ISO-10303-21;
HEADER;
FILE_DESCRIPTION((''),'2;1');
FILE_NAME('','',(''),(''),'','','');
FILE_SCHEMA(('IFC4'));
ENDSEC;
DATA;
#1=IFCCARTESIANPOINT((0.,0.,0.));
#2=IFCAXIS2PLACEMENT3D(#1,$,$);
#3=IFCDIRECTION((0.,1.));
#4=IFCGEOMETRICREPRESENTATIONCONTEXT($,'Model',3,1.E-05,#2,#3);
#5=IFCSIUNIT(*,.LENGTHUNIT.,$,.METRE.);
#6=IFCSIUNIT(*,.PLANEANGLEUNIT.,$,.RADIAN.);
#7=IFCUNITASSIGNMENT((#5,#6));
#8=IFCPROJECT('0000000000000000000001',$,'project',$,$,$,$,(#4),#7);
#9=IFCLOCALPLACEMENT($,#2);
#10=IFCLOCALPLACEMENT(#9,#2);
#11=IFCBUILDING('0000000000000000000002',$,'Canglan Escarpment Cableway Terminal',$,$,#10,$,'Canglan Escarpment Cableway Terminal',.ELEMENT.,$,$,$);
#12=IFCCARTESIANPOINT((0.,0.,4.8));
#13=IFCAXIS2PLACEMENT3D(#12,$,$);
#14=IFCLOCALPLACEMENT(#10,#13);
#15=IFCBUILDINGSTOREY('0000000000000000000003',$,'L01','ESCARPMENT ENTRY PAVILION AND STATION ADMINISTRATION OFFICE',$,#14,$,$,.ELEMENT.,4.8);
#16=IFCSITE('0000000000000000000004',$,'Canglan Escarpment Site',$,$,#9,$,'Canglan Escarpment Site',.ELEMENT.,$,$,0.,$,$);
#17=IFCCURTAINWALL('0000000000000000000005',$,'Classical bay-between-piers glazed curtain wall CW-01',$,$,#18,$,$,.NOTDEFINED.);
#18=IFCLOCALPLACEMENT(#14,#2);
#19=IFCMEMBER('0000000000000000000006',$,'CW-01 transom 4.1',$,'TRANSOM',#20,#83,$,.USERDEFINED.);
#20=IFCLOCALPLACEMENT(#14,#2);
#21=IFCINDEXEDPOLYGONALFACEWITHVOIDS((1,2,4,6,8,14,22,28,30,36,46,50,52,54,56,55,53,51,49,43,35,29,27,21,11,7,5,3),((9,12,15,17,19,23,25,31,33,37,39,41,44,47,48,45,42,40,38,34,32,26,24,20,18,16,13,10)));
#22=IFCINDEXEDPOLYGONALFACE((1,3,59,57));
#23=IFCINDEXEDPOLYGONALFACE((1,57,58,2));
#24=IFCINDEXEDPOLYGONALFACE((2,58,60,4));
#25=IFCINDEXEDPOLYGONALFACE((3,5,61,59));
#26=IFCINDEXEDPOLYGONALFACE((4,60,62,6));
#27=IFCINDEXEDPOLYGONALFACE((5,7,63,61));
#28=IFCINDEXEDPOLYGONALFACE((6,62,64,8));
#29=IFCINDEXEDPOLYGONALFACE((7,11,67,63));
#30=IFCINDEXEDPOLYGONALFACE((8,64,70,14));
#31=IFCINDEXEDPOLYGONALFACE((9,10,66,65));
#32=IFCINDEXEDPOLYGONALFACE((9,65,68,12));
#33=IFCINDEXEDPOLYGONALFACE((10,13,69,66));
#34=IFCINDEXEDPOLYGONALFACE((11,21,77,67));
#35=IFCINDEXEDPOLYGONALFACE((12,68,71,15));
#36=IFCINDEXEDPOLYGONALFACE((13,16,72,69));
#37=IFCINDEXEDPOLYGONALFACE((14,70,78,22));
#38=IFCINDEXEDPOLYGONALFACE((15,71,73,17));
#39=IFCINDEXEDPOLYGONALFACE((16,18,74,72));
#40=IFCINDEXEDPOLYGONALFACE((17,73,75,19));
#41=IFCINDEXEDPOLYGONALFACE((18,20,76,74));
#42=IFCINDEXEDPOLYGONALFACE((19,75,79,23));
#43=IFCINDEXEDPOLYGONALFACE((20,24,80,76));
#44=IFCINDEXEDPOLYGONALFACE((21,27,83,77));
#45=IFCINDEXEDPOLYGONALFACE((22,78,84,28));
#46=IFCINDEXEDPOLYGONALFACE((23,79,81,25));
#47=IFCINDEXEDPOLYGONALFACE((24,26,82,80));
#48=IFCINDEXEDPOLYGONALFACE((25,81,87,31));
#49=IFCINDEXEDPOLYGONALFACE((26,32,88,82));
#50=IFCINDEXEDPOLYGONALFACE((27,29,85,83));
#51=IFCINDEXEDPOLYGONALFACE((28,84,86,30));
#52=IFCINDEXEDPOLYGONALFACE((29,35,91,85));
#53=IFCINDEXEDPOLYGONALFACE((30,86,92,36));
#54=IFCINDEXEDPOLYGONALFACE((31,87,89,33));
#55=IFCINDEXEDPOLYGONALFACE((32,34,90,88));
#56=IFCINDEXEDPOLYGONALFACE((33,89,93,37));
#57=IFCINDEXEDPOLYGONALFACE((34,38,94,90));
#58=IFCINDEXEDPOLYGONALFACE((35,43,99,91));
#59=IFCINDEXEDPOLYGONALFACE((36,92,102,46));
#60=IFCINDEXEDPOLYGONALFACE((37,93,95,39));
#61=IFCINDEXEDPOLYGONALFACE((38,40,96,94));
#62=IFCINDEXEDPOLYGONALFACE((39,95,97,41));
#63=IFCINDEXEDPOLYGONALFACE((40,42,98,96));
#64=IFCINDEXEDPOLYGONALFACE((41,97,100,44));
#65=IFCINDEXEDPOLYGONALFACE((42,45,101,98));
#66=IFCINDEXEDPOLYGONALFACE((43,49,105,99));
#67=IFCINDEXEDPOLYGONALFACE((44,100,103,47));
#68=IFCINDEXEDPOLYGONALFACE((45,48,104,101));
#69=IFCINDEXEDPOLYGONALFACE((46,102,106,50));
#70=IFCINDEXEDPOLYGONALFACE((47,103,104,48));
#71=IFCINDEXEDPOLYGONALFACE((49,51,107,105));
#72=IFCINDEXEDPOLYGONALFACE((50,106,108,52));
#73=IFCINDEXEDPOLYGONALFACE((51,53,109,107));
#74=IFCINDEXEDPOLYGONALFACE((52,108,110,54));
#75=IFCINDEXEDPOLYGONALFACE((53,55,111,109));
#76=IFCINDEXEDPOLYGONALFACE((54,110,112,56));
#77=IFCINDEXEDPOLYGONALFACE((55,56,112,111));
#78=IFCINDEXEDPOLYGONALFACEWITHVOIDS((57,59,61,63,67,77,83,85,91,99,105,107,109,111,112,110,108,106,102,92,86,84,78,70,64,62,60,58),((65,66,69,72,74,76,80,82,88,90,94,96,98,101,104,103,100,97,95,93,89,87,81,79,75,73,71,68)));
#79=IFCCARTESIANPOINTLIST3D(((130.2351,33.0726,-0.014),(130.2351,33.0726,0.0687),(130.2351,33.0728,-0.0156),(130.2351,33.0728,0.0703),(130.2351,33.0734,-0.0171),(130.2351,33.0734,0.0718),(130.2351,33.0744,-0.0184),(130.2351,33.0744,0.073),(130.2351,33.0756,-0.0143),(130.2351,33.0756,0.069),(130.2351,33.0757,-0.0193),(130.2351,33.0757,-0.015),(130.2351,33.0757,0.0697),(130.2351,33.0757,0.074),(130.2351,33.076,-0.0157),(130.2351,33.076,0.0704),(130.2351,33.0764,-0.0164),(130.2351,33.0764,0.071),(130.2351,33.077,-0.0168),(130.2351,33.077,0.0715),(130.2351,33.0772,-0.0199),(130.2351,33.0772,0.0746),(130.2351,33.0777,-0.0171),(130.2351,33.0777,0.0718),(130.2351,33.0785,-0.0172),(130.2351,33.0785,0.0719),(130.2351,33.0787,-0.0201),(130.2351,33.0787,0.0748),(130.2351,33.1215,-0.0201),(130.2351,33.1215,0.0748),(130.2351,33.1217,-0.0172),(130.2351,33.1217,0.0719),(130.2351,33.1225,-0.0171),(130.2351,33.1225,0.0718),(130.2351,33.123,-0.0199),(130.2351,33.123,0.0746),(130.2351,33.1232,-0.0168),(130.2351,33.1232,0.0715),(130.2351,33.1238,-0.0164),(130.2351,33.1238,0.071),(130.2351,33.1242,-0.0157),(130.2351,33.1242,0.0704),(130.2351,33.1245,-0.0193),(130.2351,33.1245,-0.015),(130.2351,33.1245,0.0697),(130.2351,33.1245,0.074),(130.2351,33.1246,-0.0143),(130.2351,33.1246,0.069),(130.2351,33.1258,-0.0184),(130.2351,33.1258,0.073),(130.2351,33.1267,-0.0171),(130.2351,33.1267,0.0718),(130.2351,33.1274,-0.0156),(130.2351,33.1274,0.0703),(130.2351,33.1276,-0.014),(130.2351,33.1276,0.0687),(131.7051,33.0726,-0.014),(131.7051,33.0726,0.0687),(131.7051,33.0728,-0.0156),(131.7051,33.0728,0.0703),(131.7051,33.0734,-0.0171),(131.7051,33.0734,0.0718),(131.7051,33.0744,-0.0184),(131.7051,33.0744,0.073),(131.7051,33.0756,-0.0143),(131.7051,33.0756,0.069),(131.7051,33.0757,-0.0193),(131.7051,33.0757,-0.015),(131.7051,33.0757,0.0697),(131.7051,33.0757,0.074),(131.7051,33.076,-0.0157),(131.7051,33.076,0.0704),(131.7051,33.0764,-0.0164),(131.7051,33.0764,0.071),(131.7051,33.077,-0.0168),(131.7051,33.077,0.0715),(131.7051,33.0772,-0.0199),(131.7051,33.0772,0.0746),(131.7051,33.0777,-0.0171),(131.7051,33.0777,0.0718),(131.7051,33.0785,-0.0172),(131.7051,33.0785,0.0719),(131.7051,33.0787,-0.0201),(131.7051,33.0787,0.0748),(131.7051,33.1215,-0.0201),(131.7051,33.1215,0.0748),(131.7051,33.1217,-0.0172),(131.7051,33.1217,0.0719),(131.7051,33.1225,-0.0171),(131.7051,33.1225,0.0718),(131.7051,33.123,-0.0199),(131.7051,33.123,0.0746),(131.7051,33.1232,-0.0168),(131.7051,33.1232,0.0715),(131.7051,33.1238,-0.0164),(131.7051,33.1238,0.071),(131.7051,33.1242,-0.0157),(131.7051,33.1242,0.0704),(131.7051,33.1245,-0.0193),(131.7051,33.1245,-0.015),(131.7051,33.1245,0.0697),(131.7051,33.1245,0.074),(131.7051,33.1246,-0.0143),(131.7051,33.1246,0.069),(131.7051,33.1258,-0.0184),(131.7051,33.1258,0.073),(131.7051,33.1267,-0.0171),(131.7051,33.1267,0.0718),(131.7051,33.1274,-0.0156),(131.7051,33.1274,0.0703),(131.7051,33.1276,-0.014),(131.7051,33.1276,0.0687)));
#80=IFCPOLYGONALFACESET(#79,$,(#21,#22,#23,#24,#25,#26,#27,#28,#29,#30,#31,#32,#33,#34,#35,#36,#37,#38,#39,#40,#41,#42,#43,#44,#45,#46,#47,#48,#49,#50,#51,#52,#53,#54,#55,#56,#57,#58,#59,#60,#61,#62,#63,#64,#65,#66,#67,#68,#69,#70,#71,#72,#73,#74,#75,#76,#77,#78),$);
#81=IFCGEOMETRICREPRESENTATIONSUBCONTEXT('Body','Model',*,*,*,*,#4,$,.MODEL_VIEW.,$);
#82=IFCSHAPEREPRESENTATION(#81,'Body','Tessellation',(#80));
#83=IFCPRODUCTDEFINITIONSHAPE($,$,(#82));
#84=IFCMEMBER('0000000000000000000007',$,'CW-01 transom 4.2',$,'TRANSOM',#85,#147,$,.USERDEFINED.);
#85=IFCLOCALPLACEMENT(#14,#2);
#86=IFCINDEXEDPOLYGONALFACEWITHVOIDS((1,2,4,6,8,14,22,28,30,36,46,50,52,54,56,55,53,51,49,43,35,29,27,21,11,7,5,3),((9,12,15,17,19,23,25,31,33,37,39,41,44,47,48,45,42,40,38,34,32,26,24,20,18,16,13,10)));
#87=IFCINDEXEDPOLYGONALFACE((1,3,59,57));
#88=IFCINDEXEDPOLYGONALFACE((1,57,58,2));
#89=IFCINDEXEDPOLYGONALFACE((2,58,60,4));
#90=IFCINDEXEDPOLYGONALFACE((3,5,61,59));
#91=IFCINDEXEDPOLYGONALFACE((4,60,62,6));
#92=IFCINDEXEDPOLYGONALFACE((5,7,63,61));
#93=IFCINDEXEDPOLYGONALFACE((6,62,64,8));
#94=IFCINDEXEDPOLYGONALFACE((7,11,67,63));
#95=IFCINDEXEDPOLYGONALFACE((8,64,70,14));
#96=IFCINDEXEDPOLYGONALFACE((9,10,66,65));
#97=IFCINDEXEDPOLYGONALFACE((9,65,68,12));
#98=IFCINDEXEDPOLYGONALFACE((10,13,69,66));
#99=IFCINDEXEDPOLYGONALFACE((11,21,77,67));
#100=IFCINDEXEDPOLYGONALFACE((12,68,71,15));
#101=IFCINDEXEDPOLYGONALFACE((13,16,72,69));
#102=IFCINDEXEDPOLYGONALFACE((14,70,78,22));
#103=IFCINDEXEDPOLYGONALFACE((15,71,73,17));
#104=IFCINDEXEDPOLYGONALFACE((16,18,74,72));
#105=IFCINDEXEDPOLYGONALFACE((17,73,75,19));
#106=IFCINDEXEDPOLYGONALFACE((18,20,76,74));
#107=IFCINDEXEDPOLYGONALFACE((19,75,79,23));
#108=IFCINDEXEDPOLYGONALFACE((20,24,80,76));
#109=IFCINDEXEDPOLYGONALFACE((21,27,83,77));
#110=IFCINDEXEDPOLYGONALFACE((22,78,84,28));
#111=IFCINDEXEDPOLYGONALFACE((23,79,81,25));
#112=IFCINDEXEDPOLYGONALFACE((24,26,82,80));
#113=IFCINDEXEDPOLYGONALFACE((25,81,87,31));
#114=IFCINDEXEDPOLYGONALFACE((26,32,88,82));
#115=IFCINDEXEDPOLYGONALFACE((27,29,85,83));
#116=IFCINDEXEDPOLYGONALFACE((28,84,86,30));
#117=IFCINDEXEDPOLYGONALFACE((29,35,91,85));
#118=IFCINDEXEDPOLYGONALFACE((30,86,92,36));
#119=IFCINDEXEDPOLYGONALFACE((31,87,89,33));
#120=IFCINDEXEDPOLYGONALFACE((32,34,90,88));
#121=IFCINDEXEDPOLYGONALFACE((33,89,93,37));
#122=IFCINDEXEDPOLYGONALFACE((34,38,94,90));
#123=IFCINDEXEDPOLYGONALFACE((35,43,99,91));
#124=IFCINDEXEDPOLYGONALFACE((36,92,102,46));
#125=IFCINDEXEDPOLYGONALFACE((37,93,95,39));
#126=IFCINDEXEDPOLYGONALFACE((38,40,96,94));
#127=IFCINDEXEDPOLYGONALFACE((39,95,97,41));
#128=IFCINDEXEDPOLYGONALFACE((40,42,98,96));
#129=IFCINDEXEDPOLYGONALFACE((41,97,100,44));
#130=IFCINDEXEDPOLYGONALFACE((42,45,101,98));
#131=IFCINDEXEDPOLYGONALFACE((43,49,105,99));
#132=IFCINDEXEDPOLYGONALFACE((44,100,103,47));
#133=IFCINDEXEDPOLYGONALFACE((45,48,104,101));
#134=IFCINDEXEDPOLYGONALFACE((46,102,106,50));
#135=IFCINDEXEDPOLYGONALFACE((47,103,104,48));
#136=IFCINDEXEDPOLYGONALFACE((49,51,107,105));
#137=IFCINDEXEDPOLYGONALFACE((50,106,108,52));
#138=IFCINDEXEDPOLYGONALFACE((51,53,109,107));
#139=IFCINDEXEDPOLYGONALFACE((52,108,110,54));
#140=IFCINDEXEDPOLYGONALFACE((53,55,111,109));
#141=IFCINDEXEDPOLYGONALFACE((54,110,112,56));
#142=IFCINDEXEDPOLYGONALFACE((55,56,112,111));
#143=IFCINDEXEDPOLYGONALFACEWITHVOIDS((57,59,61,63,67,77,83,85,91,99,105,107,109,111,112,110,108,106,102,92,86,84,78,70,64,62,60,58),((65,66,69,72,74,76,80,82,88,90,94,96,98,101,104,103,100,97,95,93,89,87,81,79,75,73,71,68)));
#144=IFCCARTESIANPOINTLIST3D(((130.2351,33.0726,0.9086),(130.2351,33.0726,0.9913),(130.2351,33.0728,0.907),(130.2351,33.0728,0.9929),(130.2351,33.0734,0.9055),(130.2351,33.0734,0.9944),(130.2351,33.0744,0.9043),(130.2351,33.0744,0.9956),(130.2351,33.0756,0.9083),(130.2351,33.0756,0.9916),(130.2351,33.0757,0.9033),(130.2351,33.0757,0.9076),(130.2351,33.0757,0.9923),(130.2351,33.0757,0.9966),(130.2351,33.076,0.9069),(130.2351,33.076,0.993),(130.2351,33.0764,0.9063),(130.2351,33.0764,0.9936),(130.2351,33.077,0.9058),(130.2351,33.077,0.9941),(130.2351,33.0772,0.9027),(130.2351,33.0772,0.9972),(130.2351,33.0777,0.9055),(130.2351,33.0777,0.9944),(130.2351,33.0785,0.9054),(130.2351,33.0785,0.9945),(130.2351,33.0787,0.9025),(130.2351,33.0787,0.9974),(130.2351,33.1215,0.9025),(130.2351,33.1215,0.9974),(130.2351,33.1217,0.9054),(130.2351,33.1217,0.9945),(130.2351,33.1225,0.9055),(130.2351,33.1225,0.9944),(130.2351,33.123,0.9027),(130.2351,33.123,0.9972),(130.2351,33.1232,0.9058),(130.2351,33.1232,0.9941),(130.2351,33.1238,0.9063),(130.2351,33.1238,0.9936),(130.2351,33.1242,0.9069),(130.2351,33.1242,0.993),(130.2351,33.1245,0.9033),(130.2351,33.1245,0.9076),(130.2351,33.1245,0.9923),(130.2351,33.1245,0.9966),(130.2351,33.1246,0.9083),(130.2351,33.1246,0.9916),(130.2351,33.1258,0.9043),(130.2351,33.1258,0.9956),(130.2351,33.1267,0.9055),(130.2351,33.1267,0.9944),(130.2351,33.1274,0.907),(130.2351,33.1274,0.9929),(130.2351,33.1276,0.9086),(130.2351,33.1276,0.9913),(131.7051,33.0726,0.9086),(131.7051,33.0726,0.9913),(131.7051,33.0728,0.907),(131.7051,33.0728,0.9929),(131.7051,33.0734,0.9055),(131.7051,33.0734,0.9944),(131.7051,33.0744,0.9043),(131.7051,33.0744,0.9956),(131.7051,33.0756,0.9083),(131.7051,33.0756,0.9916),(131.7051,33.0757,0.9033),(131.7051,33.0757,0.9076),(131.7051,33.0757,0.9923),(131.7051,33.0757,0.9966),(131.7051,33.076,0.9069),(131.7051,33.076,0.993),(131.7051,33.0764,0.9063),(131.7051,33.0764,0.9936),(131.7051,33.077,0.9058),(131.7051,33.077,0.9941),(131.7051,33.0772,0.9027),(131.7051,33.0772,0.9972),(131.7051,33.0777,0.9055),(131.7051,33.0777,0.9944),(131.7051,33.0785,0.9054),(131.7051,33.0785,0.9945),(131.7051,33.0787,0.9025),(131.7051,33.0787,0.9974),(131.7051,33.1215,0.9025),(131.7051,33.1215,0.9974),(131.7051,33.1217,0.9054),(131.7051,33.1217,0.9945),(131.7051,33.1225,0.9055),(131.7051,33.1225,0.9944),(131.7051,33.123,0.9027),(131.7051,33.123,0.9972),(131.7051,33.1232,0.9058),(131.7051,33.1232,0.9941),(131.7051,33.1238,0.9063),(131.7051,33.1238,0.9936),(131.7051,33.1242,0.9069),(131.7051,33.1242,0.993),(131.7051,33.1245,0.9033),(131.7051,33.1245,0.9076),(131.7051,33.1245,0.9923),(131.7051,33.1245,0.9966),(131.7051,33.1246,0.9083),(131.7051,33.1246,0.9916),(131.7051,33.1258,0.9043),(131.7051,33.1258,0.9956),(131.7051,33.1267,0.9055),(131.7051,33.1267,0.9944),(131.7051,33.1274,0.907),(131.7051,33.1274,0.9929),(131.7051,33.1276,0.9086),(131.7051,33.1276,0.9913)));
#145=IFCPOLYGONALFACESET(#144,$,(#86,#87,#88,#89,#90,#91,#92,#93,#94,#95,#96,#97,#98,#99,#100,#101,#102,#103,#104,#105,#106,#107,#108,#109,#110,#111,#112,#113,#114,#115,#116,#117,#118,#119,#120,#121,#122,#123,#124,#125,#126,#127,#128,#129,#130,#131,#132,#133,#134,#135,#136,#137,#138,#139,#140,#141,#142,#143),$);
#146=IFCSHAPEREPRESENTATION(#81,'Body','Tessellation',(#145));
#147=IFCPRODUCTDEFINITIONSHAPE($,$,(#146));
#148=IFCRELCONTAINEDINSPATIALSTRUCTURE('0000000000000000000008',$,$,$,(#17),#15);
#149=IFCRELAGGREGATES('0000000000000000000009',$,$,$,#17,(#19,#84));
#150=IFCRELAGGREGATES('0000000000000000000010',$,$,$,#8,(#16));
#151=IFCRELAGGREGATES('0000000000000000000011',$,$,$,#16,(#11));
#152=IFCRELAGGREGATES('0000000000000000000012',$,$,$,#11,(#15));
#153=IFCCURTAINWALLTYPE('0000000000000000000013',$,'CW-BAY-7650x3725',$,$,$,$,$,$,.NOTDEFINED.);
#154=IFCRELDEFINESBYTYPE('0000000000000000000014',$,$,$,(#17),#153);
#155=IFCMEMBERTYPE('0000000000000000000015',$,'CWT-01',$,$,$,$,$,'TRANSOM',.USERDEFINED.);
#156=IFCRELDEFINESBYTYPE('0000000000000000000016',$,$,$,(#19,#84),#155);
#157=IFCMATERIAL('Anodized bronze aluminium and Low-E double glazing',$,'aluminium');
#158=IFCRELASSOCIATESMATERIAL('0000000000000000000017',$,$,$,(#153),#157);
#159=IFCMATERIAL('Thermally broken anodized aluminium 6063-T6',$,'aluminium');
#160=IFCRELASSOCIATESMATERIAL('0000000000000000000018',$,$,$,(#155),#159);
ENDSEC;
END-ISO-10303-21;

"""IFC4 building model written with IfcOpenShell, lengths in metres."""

from ifc_helpers import new_model, si_unit, direction, frame, origin, origin_2d, place, context, subcontext, project, spatial, hollow_rectangle, extrude, material, material_profile, profile_set, type_object, element, aggregate, save


model = new_model("IFC4")

# Units and contexts
model_context = context("Model", 3, precision=1e-05, world=origin(), true_north=direction((0.0, 1.0)))
body_context = subcontext(model_context, "Body", "Model", "MODEL_VIEW")
ifc_project = project(units=[si_unit("LENGTHUNIT", "METRE"), si_unit("PLANEANGLEUNIT", "RADIAN")], contexts=[model_context])

# Site, building, storey
site_placement = place(None, origin())
site = spatial("IfcSite", under=ifc_project, at=site_placement, Name="Canglan Escarpment Site", LongName="Canglan Escarpment Site", CompositionType="ELEMENT", RefElevation=0.0)
building_placement = place(site_placement, origin())
building = spatial("IfcBuilding", under=site, at=building_placement, Name="Canglan Escarpment Cableway Terminal", LongName="Canglan Escarpment Cableway Terminal", CompositionType="ELEMENT")
storey_placement = place(building_placement, frame((0.0, 0.0, 4.8)))
storey = spatial("IfcBuildingStorey", under=building, at=storey_placement, Name="L01", Description="ESCARPMENT ENTRY PAVILION AND STATION ADMINISTRATION OFFICE", CompositionType="ELEMENT", Elevation=4.8)

# Curtain wall, members
ifc_material_1 = material(Name="Anodized bronze aluminium and Low-E double glazing", Category="aluminium")
curtain_wall_type = type_object("IfcCurtainWallType", Name="CW-BAY-7650x3725", PredefinedType="NOTDEFINED", material=ifc_material_1)
curtain_wall_placement = place(storey_placement, origin())
curtain_wall = element("IfcCurtainWall", 1, at=curtain_wall_placement, inside=storey, type_object=curtain_wall_type, Name="Classical bay-between-piers glazed curtain wall CW-01", PredefinedType="NOTDEFINED")
ifc_material_2 = material(Name="Thermally broken anodized aluminium 6063-T6", Category="aluminium")
ifc_material_profile_1 = material_profile(ifc_material_2, hollow_rectangle(XDim=0.0549, YDim=0.095, WallThickness=0.0029, InnerFilletRadius=0.0029, OuterFilletRadius=0.0061, at=origin_2d()), Name="ALU-TRAN 55x95x3")
ifc_profile_set_1 = profile_set([ifc_material_profile_1], Name="Thermally broken anodized aluminium 6063-T6")
member_type_1 = type_object("IfcMemberType", Name="CWT-01", ElementType="TRANSOM", PredefinedType="USERDEFINED", material=ifc_profile_set_1)
member_1_placement = place(storey_placement, frame((131.7051, 33.1001, 0.0273), z_axis=(-1.0, 0.0, 0.0), x_axis=(0.0, -1.0, 0.0)))
member_1 = element("IfcMember", 2, at=member_1_placement, type_object=member_type_1, Name="CW-01 transom 4.1", ObjectType="TRANSOM", PredefinedType="USERDEFINED", context=body_context, shape_type="SweptSolid", body=[
    extrude(hollow_rectangle(XDim=0.0549, YDim=0.095, WallThickness=0.0029, InnerFilletRadius=0.0029, OuterFilletRadius=0.0061, at=origin_2d()), origin(), (0.0, 0.0, 1.0), 1.47),
])
member_2_placement = place(storey_placement, frame((131.7051, 33.1001, 0.95), z_axis=(-1.0, 0.0, 0.0), x_axis=(0.0, -1.0, 0.0)))
member_2 = element("IfcMember", 3, at=member_2_placement, type_object=member_type_1, Name="CW-01 transom 4.2", ObjectType="TRANSOM", PredefinedType="USERDEFINED", context=body_context, shape_type="SweptSolid", body=[
    extrude(hollow_rectangle(XDim=0.0549, YDim=0.095, WallThickness=0.0029, InnerFilletRadius=0.0029, OuterFilletRadius=0.0061, at=origin_2d()), origin(), (0.0, 0.0, 1.0), 1.47),
])
aggregate(curtain_wall, [member_1, member_2])

save(model, "model.ifc")
